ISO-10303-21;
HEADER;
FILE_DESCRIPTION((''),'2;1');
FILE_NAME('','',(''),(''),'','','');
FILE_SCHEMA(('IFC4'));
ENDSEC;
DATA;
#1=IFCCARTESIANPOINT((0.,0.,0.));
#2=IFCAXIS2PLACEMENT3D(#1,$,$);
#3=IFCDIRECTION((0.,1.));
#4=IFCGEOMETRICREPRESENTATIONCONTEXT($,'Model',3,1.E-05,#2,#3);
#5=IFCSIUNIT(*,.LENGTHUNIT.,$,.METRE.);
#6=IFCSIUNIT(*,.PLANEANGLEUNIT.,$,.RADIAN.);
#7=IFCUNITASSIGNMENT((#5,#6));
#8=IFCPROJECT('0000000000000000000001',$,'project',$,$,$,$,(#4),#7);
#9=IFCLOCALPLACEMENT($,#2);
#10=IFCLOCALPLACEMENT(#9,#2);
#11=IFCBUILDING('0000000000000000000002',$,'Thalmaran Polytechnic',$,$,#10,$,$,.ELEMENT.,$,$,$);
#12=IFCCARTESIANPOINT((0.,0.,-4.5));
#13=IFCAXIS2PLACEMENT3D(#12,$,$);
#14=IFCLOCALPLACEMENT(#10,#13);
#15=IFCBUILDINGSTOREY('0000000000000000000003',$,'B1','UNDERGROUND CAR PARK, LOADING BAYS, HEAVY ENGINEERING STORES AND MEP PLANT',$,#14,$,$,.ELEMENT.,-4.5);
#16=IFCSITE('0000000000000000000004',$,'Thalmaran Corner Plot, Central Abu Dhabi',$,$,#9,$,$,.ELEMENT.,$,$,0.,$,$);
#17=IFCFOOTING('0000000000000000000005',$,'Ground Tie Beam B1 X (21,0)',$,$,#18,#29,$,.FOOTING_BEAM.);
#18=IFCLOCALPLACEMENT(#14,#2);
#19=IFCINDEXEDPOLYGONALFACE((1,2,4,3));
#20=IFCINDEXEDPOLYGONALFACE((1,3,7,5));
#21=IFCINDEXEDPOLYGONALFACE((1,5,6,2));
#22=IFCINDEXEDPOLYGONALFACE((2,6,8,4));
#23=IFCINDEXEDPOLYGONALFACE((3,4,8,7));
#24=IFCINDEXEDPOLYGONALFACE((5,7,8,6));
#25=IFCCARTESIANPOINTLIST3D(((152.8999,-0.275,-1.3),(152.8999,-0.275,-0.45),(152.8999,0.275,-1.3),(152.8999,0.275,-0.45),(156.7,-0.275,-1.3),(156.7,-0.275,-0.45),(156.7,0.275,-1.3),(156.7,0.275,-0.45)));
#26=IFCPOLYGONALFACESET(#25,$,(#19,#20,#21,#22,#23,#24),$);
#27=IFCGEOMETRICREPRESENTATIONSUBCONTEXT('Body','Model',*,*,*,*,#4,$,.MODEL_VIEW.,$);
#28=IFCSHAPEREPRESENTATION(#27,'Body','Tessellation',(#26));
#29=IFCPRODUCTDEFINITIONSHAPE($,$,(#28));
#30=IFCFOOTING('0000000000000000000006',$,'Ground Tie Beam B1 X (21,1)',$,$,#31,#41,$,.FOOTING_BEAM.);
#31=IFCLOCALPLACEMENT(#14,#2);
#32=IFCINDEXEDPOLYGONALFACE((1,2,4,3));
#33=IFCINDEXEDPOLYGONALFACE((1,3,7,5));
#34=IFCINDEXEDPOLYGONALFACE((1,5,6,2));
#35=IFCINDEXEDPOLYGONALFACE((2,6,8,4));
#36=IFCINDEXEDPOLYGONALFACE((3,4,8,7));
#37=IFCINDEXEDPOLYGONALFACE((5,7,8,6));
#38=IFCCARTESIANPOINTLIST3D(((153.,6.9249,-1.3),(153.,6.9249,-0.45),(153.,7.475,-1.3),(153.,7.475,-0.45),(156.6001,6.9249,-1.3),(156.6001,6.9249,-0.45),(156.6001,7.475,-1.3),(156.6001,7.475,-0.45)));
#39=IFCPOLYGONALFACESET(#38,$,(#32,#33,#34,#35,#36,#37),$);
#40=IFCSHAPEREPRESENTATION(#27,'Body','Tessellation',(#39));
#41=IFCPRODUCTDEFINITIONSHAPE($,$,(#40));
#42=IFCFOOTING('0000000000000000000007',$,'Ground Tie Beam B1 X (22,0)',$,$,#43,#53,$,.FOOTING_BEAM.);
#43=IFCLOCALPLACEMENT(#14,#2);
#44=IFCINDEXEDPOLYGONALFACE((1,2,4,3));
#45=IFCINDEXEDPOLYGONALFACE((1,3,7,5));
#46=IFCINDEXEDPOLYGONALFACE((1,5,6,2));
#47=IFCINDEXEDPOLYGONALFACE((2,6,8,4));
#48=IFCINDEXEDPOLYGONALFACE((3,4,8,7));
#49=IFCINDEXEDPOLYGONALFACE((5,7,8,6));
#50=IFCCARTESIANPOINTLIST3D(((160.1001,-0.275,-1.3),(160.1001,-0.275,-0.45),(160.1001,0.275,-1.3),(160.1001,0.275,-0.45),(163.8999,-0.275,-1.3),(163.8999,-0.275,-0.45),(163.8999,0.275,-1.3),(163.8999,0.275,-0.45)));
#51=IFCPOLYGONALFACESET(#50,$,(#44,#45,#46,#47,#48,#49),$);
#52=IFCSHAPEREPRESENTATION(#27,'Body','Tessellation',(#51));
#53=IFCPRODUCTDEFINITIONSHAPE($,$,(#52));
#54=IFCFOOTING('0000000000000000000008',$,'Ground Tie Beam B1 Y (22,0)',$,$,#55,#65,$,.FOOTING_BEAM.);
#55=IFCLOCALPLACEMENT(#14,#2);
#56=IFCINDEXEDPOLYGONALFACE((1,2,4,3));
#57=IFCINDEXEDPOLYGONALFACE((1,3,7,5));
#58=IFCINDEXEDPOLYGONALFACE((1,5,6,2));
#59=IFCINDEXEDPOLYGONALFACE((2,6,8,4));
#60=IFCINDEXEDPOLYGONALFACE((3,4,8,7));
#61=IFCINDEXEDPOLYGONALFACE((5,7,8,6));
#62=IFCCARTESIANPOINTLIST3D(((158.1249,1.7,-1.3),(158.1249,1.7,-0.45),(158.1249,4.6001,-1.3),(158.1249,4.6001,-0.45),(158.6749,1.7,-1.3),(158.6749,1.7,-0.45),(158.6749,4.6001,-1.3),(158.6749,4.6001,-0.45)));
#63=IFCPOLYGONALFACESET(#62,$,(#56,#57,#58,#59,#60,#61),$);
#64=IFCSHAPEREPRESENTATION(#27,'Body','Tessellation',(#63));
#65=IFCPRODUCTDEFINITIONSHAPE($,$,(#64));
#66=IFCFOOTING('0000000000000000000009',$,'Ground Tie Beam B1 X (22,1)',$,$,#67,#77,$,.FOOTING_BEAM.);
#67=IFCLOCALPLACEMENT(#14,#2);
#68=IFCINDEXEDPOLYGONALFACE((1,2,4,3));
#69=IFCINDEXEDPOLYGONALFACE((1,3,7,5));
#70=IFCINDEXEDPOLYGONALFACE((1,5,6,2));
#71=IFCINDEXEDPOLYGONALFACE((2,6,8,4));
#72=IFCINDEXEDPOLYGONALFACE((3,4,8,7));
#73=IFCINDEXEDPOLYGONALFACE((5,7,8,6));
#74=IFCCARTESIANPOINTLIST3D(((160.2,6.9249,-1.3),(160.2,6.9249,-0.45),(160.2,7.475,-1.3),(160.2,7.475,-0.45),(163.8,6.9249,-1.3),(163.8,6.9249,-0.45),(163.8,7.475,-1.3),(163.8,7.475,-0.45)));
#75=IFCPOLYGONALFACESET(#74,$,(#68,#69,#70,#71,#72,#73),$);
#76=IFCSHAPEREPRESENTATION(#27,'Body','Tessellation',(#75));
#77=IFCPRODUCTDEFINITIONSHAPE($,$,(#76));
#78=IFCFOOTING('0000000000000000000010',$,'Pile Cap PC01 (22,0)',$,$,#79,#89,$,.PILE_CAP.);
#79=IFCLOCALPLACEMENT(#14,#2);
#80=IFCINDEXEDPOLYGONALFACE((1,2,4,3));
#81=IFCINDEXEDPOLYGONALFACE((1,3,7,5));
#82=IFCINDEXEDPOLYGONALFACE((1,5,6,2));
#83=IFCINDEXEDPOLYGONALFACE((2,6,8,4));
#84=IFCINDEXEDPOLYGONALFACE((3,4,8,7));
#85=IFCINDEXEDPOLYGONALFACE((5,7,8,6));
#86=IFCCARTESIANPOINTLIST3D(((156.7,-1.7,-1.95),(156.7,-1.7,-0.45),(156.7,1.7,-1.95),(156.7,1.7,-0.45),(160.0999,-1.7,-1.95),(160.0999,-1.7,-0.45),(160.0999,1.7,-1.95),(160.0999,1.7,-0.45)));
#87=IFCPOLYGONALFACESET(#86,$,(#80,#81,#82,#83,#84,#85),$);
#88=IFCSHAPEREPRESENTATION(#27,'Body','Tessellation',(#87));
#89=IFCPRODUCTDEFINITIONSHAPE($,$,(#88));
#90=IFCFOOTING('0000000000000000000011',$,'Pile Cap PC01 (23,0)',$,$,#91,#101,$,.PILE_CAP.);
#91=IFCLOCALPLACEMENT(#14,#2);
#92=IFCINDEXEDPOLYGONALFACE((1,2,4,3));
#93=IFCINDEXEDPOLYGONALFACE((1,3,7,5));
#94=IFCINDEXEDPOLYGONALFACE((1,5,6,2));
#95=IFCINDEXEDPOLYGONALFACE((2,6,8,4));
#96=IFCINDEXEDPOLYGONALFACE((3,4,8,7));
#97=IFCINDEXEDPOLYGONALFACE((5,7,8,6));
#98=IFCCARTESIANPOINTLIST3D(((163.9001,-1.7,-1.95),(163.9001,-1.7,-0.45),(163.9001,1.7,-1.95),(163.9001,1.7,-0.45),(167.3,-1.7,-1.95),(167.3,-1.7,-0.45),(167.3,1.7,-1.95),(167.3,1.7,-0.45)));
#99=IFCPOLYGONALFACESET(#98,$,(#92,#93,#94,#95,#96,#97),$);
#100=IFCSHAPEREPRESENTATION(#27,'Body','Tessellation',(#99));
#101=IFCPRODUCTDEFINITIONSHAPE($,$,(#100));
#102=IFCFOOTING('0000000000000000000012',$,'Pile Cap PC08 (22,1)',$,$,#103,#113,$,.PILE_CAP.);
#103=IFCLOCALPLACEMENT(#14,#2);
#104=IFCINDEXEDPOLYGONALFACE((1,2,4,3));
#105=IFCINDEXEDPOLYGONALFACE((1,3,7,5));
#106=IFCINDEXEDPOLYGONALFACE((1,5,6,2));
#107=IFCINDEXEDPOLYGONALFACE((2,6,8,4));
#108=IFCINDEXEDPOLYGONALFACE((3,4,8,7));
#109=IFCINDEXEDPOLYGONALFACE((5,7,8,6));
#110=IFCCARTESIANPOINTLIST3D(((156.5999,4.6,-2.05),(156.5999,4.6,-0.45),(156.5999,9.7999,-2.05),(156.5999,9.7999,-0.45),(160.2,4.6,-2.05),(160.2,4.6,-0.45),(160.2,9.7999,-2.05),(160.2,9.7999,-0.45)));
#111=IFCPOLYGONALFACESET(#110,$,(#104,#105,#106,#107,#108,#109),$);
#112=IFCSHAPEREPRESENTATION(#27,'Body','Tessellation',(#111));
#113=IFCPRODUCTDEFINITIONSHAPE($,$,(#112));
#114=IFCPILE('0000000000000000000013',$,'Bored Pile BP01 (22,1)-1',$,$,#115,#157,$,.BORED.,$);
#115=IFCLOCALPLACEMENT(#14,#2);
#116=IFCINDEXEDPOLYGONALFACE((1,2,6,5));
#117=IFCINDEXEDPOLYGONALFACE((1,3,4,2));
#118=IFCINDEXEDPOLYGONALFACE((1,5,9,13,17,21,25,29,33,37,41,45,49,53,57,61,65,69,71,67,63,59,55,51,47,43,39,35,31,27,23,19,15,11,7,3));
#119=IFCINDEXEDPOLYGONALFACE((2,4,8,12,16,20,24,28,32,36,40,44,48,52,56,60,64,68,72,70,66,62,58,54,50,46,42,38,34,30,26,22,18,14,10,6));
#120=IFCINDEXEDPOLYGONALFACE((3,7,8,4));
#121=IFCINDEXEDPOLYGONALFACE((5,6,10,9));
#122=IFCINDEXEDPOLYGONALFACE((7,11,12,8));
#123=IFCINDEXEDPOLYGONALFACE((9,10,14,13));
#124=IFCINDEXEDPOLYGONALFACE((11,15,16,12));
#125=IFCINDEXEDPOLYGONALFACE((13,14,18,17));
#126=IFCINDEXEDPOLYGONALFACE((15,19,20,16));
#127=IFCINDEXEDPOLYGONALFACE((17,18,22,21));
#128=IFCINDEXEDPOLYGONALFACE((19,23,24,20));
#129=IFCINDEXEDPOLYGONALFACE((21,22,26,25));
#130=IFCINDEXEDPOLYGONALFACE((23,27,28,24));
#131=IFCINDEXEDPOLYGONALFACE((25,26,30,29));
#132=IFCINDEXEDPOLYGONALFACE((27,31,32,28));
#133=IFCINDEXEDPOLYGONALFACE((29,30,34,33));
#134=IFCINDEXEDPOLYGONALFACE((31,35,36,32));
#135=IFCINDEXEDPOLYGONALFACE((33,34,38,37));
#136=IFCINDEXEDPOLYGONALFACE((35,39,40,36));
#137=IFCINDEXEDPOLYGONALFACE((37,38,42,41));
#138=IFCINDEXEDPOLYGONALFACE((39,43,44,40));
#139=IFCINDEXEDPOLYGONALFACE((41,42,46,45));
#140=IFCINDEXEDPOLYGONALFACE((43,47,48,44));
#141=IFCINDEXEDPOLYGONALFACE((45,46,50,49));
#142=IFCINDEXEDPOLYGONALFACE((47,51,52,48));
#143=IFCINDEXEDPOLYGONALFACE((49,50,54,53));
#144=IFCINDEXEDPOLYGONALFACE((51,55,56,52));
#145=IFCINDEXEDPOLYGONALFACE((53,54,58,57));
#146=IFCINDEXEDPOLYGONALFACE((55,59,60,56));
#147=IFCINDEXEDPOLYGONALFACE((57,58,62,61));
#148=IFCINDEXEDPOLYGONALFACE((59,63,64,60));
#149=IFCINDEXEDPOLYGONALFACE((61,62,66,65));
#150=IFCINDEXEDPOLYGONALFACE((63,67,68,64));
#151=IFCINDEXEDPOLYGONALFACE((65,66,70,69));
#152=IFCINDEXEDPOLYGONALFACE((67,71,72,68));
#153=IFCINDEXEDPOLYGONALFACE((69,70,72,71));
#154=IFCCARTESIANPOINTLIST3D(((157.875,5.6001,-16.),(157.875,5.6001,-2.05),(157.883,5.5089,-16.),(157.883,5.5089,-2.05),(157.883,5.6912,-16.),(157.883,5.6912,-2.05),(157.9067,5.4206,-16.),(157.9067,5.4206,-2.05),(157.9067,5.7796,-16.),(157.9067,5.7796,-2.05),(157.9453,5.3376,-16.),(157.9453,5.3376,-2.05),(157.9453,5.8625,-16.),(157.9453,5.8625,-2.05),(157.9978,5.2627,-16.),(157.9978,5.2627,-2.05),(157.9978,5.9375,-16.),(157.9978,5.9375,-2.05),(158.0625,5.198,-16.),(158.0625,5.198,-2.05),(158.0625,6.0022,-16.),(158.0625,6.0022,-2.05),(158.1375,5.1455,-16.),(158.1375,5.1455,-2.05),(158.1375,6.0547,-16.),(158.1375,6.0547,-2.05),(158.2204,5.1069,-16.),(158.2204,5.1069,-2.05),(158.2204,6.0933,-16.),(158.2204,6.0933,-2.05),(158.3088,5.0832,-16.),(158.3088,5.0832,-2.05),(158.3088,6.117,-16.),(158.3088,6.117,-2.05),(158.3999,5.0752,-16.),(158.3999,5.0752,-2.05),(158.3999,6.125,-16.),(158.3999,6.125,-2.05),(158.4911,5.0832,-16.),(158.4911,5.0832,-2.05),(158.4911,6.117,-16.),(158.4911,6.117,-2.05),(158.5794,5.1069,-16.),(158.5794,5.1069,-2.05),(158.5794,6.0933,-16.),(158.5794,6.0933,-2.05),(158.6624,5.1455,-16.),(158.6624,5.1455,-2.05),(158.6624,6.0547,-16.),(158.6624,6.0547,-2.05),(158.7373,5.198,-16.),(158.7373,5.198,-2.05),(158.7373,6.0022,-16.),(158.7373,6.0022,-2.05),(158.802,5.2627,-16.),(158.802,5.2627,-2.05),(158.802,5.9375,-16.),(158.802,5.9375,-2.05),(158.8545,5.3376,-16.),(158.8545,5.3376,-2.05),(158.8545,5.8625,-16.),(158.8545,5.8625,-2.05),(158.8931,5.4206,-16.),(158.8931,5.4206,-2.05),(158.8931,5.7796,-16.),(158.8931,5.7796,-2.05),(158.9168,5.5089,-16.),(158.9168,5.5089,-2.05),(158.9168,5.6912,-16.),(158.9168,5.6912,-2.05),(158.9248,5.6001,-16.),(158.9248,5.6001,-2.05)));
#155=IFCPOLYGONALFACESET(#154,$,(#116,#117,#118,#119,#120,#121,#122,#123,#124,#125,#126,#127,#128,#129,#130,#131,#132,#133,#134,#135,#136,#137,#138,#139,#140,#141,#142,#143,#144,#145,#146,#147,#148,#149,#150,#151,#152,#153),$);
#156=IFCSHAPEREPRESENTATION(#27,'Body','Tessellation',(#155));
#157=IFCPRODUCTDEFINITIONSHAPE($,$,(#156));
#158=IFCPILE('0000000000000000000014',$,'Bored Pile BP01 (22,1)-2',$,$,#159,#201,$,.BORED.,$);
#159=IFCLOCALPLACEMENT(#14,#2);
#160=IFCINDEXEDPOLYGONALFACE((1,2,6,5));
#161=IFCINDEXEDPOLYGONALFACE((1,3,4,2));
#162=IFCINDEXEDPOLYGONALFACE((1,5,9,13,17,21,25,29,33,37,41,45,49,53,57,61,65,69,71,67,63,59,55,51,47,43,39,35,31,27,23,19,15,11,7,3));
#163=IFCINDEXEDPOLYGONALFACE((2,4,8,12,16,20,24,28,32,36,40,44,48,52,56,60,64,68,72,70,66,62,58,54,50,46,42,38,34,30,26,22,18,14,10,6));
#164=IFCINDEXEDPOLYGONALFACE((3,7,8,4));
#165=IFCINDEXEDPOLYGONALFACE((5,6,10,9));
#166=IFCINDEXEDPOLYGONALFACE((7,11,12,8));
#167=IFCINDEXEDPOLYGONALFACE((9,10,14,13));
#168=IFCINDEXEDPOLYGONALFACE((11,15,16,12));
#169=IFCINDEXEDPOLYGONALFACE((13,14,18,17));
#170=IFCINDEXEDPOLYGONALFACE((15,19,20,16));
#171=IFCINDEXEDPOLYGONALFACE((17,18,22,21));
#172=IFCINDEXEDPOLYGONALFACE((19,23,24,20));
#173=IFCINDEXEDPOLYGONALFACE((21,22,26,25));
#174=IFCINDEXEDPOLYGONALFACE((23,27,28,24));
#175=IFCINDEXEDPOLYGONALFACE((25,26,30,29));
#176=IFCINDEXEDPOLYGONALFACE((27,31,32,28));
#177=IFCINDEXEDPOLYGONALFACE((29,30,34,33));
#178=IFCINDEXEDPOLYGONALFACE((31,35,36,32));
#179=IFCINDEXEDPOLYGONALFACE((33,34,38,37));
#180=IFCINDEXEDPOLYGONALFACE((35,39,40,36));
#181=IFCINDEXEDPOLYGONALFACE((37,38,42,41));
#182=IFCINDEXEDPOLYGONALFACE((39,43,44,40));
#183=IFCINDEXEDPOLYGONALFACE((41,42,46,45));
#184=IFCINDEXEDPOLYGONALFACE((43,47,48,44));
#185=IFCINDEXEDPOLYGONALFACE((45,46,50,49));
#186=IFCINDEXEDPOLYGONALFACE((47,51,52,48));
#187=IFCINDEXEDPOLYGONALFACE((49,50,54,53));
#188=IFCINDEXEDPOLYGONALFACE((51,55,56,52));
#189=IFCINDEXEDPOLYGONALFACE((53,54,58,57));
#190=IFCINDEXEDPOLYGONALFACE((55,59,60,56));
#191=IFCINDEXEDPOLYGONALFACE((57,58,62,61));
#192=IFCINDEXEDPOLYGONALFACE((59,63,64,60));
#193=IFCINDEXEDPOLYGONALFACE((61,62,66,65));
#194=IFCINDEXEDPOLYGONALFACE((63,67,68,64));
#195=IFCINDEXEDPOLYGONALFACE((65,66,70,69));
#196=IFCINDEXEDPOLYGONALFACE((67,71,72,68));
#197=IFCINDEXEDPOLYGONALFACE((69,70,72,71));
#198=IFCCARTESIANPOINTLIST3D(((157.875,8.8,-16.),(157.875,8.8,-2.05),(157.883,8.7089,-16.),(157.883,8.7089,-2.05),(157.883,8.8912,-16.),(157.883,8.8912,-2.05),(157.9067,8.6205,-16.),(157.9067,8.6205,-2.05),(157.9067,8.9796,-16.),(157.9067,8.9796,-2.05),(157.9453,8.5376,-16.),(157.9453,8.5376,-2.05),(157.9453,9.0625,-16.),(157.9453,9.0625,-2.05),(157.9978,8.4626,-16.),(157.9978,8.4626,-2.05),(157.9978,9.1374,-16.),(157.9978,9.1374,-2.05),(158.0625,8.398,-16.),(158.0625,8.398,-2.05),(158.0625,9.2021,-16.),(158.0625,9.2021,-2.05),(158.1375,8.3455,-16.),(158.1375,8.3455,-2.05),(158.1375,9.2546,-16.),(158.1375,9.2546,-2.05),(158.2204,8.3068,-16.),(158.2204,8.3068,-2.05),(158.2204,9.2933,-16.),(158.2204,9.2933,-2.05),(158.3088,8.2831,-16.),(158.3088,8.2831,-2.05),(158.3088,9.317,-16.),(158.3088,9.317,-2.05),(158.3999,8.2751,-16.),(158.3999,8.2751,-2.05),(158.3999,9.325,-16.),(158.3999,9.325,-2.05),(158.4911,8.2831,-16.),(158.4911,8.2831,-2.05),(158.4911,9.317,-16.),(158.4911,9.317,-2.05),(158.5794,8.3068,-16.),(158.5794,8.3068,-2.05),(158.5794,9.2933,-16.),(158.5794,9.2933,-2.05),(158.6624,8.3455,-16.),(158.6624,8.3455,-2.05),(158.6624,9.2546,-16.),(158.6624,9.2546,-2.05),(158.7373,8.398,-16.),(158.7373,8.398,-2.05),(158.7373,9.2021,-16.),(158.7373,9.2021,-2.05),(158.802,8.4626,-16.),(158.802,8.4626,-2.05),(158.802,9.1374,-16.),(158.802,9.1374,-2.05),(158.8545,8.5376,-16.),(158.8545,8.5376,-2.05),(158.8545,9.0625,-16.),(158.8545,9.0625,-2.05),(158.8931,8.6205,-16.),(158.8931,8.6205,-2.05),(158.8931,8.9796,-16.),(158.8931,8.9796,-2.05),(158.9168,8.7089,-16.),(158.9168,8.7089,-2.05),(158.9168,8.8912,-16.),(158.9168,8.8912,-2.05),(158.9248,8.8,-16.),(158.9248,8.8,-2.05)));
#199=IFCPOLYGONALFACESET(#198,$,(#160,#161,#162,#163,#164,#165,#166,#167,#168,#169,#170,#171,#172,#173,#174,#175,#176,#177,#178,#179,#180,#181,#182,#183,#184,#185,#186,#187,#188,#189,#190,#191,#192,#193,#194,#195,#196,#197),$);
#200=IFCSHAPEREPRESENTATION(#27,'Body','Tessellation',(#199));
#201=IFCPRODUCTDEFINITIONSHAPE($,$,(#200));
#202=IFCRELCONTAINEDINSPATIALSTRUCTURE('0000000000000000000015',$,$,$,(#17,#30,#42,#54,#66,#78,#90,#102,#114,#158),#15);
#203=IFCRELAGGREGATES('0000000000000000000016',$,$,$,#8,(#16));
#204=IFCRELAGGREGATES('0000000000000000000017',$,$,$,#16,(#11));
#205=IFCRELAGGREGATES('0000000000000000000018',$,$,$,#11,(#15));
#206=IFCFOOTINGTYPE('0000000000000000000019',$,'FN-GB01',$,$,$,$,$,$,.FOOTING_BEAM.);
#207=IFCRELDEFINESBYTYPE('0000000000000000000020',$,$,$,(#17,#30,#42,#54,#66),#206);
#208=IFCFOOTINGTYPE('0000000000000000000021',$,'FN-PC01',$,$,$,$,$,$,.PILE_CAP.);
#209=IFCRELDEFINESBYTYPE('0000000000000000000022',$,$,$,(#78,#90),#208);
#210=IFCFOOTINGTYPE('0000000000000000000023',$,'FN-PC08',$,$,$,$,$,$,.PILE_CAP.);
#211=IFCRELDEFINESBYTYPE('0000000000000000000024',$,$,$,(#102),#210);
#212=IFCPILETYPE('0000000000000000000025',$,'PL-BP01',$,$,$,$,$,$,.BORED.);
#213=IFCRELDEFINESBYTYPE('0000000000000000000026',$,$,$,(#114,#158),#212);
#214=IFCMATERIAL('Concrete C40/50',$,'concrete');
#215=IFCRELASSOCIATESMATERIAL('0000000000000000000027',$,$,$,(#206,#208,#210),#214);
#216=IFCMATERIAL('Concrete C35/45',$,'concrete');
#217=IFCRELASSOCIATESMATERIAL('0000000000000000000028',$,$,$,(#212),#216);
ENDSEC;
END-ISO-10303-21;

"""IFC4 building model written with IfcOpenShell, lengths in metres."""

from ifc_helpers import new_model, si_unit, direction, frame, origin, origin_2d, place, context, subcontext, project, spatial, rectangle, circle, extrude, material, material_profile, profile_set, type_object, element, save


model = new_model("IFC4")

# Units and contexts
model_context = context("Model", 3, precision=1e-05, world=origin(), true_north=direction((0.0, 1.0)))
body_context = subcontext(model_context, "Body", "Model", "MODEL_VIEW")
ifc_project = project(units=[si_unit("LENGTHUNIT", "METRE"), si_unit("PLANEANGLEUNIT", "RADIAN")], contexts=[model_context])

# Site, building, storey
site_placement = place(None, origin())
site = spatial("IfcSite", under=ifc_project, at=site_placement, Name="Thalmaran Corner Plot, Central Abu Dhabi", CompositionType="ELEMENT", RefElevation=0.0)
building_placement = place(site_placement, origin())
building = spatial("IfcBuilding", under=site, at=building_placement, Name="Thalmaran Polytechnic", CompositionType="ELEMENT")
storey_placement = place(building_placement, frame((0.0, 0.0, -4.5)))
storey = spatial("IfcBuildingStorey", under=building, at=storey_placement, Name="B1", Description="UNDERGROUND CAR PARK, LOADING BAYS, HEAVY ENGINEERING STORES AND MEP PLANT", CompositionType="ELEMENT", Elevation=-4.5)

# Footings
ifc_material_1 = material(Name="Concrete C40/50", Category="concrete")
ifc_material_profile_1 = material_profile(ifc_material_1, rectangle(XDim=0.55, YDim=0.8501, at=origin_2d()), Name="RC 550x850")
ifc_profile_set_1 = profile_set([ifc_material_profile_1], Name="Concrete C40/50")
footing_type_1 = type_object("IfcFootingType", Name="FN-GB01", PredefinedType="FOOTING_BEAM", material=ifc_profile_set_1)
footing_1_placement = place(storey_placement, frame((152.8999, 0.0, -0.875), z_axis=(1.0, 0.0, 0.0), x_axis=(0.0, 1.0, 0.0)))
element("IfcFooting", 1, at=footing_1_placement, inside=storey, type_object=footing_type_1, Name="Ground Tie Beam B1 X (21,0)", PredefinedType="FOOTING_BEAM", context=body_context, shape_type="SweptSolid", body=[
    extrude(rectangle(XDim=0.55, YDim=0.8501, at=origin_2d()), origin(), (0.0, 0.0, 1.0), 3.8),
])
footing_2_placement = place(storey_placement, frame((153.0, 7.2, -0.875), z_axis=(1.0, 0.0, 0.0), x_axis=(0.0, 1.0, 0.0)))
element("IfcFooting", 2, at=footing_2_placement, inside=storey, type_object=footing_type_1, Name="Ground Tie Beam B1 X (21,1)", PredefinedType="FOOTING_BEAM", context=body_context, shape_type="SweptSolid", body=[
    extrude(rectangle(XDim=0.55, YDim=0.8501, at=origin_2d()), origin(), (0.0, 0.0, 1.0), 3.6001),
])
footing_3_placement = place(storey_placement, frame((160.1001, 0.0, -0.875), z_axis=(1.0, 0.0, 0.0), x_axis=(0.0, 1.0, 0.0)))
element("IfcFooting", 3, at=footing_3_placement, inside=storey, type_object=footing_type_1, Name="Ground Tie Beam B1 X (22,0)", PredefinedType="FOOTING_BEAM", context=body_context, shape_type="SweptSolid", body=[
    extrude(rectangle(XDim=0.55, YDim=0.8501, at=origin_2d()), origin(), (0.0, 0.0, 1.0), 3.7998),
])
footing_4_placement = place(storey_placement, frame((158.3999, 1.7, -0.875), z_axis=(0.0, 1.0, 0.0), x_axis=(-1.0, 0.0, 0.0)))
element("IfcFooting", 4, at=footing_4_placement, inside=storey, type_object=footing_type_1, Name="Ground Tie Beam B1 Y (22,0)", PredefinedType="FOOTING_BEAM", context=body_context, shape_type="SweptSolid", body=[
    extrude(rectangle(XDim=0.55, YDim=0.8501, at=origin_2d()), origin(), (0.0, 0.0, 1.0), 2.9001),
])
footing_5_placement = place(storey_placement, frame((160.2, 7.2, -0.875), z_axis=(1.0, 0.0, 0.0), x_axis=(0.0, 1.0, 0.0)))
element("IfcFooting", 5, at=footing_5_placement, inside=storey, type_object=footing_type_1, Name="Ground Tie Beam B1 X (22,1)", PredefinedType="FOOTING_BEAM", context=body_context, shape_type="SweptSolid", body=[
    extrude(rectangle(XDim=0.55, YDim=0.8501, at=origin_2d()), origin(), (0.0, 0.0, 1.0), 3.6001),
])
footing_type_2 = type_object("IfcFootingType", Name="FN-PC01", PredefinedType="PILE_CAP", material=ifc_material_1)
for number, where, z_axis, x_axis, name in (
    (6, (158.3999, 0.0, -1.95), (0.0, 0.0, 1.0), (1.0, 0.0, 0.0), "Pile Cap PC01 (22,0)"),
    (7, (165.6001, 0.0, -1.95), (0.0, 0.0, 1.0), (1.0, 0.0, 0.0), "Pile Cap PC01 (23,0)"),
):
    element("IfcFooting", number, at=place(storey_placement, frame(where, z_axis=z_axis, x_axis=x_axis)), inside=storey, type_object=footing_type_2, Name=name, PredefinedType="PILE_CAP", context=body_context, shape_type="SweptSolid", body=[
        extrude(rectangle(XDim=3.3999, YDim=3.3999, at=origin_2d()), origin(), (0.0, 0.0, 1.0), 1.5),
    ])
footing_type_3 = type_object("IfcFootingType", Name="FN-PC08", PredefinedType="PILE_CAP", material=ifc_material_1)
footing_6_placement = place(storey_placement, frame((158.3999, 7.2, -2.05), z_axis=(0.0, 0.0, 1.0), x_axis=(1.0, 0.0, 0.0)))
element("IfcFooting", 8, at=footing_6_placement, inside=storey, type_object=footing_type_3, Name="Pile Cap PC08 (22,1)", PredefinedType="PILE_CAP", context=body_context, shape_type="SweptSolid", body=[
    extrude(rectangle(XDim=3.6001, YDim=5.2, at=origin_2d()), origin(), (0.0, 0.0, 1.0), 1.6001),
])

# Piles
ifc_material_2 = material(Name="Concrete C35/45", Category="concrete")
ifc_material_profile_2 = material_profile(ifc_material_2, circle(Radius=0.5249, at=origin_2d()), Name="RC 1050 DIA")
ifc_profile_set_2 = profile_set([ifc_material_profile_2], Name="Concrete C35/45")
pile_type_1 = type_object("IfcPileType", Name="PL-BP01", PredefinedType="BORED", material=ifc_profile_set_2)
for number, where, z_axis, x_axis, name in (
    (9, (158.3999, 5.6001, -2.05), (0.0, 0.0, -1.0), (1.0, 0.0, 0.0), "Bored Pile BP01 (22,1)-1"),
    (10, (158.3999, 8.8, -2.05), (0.0, 0.0, -1.0), (1.0, 0.0, 0.0), "Bored Pile BP01 (22,1)-2"),
):
    element("IfcPile", number, at=place(storey_placement, frame(where, z_axis=z_axis, x_axis=x_axis)), inside=storey, type_object=pile_type_1, Name=name, PredefinedType="BORED", context=body_context, shape_type="SweptSolid", body=[
        extrude(circle(Radius=0.5249, at=origin_2d()), origin(), (0.0, 0.0, 1.0), 13.95),
    ])

save(model, "model.ifc")
